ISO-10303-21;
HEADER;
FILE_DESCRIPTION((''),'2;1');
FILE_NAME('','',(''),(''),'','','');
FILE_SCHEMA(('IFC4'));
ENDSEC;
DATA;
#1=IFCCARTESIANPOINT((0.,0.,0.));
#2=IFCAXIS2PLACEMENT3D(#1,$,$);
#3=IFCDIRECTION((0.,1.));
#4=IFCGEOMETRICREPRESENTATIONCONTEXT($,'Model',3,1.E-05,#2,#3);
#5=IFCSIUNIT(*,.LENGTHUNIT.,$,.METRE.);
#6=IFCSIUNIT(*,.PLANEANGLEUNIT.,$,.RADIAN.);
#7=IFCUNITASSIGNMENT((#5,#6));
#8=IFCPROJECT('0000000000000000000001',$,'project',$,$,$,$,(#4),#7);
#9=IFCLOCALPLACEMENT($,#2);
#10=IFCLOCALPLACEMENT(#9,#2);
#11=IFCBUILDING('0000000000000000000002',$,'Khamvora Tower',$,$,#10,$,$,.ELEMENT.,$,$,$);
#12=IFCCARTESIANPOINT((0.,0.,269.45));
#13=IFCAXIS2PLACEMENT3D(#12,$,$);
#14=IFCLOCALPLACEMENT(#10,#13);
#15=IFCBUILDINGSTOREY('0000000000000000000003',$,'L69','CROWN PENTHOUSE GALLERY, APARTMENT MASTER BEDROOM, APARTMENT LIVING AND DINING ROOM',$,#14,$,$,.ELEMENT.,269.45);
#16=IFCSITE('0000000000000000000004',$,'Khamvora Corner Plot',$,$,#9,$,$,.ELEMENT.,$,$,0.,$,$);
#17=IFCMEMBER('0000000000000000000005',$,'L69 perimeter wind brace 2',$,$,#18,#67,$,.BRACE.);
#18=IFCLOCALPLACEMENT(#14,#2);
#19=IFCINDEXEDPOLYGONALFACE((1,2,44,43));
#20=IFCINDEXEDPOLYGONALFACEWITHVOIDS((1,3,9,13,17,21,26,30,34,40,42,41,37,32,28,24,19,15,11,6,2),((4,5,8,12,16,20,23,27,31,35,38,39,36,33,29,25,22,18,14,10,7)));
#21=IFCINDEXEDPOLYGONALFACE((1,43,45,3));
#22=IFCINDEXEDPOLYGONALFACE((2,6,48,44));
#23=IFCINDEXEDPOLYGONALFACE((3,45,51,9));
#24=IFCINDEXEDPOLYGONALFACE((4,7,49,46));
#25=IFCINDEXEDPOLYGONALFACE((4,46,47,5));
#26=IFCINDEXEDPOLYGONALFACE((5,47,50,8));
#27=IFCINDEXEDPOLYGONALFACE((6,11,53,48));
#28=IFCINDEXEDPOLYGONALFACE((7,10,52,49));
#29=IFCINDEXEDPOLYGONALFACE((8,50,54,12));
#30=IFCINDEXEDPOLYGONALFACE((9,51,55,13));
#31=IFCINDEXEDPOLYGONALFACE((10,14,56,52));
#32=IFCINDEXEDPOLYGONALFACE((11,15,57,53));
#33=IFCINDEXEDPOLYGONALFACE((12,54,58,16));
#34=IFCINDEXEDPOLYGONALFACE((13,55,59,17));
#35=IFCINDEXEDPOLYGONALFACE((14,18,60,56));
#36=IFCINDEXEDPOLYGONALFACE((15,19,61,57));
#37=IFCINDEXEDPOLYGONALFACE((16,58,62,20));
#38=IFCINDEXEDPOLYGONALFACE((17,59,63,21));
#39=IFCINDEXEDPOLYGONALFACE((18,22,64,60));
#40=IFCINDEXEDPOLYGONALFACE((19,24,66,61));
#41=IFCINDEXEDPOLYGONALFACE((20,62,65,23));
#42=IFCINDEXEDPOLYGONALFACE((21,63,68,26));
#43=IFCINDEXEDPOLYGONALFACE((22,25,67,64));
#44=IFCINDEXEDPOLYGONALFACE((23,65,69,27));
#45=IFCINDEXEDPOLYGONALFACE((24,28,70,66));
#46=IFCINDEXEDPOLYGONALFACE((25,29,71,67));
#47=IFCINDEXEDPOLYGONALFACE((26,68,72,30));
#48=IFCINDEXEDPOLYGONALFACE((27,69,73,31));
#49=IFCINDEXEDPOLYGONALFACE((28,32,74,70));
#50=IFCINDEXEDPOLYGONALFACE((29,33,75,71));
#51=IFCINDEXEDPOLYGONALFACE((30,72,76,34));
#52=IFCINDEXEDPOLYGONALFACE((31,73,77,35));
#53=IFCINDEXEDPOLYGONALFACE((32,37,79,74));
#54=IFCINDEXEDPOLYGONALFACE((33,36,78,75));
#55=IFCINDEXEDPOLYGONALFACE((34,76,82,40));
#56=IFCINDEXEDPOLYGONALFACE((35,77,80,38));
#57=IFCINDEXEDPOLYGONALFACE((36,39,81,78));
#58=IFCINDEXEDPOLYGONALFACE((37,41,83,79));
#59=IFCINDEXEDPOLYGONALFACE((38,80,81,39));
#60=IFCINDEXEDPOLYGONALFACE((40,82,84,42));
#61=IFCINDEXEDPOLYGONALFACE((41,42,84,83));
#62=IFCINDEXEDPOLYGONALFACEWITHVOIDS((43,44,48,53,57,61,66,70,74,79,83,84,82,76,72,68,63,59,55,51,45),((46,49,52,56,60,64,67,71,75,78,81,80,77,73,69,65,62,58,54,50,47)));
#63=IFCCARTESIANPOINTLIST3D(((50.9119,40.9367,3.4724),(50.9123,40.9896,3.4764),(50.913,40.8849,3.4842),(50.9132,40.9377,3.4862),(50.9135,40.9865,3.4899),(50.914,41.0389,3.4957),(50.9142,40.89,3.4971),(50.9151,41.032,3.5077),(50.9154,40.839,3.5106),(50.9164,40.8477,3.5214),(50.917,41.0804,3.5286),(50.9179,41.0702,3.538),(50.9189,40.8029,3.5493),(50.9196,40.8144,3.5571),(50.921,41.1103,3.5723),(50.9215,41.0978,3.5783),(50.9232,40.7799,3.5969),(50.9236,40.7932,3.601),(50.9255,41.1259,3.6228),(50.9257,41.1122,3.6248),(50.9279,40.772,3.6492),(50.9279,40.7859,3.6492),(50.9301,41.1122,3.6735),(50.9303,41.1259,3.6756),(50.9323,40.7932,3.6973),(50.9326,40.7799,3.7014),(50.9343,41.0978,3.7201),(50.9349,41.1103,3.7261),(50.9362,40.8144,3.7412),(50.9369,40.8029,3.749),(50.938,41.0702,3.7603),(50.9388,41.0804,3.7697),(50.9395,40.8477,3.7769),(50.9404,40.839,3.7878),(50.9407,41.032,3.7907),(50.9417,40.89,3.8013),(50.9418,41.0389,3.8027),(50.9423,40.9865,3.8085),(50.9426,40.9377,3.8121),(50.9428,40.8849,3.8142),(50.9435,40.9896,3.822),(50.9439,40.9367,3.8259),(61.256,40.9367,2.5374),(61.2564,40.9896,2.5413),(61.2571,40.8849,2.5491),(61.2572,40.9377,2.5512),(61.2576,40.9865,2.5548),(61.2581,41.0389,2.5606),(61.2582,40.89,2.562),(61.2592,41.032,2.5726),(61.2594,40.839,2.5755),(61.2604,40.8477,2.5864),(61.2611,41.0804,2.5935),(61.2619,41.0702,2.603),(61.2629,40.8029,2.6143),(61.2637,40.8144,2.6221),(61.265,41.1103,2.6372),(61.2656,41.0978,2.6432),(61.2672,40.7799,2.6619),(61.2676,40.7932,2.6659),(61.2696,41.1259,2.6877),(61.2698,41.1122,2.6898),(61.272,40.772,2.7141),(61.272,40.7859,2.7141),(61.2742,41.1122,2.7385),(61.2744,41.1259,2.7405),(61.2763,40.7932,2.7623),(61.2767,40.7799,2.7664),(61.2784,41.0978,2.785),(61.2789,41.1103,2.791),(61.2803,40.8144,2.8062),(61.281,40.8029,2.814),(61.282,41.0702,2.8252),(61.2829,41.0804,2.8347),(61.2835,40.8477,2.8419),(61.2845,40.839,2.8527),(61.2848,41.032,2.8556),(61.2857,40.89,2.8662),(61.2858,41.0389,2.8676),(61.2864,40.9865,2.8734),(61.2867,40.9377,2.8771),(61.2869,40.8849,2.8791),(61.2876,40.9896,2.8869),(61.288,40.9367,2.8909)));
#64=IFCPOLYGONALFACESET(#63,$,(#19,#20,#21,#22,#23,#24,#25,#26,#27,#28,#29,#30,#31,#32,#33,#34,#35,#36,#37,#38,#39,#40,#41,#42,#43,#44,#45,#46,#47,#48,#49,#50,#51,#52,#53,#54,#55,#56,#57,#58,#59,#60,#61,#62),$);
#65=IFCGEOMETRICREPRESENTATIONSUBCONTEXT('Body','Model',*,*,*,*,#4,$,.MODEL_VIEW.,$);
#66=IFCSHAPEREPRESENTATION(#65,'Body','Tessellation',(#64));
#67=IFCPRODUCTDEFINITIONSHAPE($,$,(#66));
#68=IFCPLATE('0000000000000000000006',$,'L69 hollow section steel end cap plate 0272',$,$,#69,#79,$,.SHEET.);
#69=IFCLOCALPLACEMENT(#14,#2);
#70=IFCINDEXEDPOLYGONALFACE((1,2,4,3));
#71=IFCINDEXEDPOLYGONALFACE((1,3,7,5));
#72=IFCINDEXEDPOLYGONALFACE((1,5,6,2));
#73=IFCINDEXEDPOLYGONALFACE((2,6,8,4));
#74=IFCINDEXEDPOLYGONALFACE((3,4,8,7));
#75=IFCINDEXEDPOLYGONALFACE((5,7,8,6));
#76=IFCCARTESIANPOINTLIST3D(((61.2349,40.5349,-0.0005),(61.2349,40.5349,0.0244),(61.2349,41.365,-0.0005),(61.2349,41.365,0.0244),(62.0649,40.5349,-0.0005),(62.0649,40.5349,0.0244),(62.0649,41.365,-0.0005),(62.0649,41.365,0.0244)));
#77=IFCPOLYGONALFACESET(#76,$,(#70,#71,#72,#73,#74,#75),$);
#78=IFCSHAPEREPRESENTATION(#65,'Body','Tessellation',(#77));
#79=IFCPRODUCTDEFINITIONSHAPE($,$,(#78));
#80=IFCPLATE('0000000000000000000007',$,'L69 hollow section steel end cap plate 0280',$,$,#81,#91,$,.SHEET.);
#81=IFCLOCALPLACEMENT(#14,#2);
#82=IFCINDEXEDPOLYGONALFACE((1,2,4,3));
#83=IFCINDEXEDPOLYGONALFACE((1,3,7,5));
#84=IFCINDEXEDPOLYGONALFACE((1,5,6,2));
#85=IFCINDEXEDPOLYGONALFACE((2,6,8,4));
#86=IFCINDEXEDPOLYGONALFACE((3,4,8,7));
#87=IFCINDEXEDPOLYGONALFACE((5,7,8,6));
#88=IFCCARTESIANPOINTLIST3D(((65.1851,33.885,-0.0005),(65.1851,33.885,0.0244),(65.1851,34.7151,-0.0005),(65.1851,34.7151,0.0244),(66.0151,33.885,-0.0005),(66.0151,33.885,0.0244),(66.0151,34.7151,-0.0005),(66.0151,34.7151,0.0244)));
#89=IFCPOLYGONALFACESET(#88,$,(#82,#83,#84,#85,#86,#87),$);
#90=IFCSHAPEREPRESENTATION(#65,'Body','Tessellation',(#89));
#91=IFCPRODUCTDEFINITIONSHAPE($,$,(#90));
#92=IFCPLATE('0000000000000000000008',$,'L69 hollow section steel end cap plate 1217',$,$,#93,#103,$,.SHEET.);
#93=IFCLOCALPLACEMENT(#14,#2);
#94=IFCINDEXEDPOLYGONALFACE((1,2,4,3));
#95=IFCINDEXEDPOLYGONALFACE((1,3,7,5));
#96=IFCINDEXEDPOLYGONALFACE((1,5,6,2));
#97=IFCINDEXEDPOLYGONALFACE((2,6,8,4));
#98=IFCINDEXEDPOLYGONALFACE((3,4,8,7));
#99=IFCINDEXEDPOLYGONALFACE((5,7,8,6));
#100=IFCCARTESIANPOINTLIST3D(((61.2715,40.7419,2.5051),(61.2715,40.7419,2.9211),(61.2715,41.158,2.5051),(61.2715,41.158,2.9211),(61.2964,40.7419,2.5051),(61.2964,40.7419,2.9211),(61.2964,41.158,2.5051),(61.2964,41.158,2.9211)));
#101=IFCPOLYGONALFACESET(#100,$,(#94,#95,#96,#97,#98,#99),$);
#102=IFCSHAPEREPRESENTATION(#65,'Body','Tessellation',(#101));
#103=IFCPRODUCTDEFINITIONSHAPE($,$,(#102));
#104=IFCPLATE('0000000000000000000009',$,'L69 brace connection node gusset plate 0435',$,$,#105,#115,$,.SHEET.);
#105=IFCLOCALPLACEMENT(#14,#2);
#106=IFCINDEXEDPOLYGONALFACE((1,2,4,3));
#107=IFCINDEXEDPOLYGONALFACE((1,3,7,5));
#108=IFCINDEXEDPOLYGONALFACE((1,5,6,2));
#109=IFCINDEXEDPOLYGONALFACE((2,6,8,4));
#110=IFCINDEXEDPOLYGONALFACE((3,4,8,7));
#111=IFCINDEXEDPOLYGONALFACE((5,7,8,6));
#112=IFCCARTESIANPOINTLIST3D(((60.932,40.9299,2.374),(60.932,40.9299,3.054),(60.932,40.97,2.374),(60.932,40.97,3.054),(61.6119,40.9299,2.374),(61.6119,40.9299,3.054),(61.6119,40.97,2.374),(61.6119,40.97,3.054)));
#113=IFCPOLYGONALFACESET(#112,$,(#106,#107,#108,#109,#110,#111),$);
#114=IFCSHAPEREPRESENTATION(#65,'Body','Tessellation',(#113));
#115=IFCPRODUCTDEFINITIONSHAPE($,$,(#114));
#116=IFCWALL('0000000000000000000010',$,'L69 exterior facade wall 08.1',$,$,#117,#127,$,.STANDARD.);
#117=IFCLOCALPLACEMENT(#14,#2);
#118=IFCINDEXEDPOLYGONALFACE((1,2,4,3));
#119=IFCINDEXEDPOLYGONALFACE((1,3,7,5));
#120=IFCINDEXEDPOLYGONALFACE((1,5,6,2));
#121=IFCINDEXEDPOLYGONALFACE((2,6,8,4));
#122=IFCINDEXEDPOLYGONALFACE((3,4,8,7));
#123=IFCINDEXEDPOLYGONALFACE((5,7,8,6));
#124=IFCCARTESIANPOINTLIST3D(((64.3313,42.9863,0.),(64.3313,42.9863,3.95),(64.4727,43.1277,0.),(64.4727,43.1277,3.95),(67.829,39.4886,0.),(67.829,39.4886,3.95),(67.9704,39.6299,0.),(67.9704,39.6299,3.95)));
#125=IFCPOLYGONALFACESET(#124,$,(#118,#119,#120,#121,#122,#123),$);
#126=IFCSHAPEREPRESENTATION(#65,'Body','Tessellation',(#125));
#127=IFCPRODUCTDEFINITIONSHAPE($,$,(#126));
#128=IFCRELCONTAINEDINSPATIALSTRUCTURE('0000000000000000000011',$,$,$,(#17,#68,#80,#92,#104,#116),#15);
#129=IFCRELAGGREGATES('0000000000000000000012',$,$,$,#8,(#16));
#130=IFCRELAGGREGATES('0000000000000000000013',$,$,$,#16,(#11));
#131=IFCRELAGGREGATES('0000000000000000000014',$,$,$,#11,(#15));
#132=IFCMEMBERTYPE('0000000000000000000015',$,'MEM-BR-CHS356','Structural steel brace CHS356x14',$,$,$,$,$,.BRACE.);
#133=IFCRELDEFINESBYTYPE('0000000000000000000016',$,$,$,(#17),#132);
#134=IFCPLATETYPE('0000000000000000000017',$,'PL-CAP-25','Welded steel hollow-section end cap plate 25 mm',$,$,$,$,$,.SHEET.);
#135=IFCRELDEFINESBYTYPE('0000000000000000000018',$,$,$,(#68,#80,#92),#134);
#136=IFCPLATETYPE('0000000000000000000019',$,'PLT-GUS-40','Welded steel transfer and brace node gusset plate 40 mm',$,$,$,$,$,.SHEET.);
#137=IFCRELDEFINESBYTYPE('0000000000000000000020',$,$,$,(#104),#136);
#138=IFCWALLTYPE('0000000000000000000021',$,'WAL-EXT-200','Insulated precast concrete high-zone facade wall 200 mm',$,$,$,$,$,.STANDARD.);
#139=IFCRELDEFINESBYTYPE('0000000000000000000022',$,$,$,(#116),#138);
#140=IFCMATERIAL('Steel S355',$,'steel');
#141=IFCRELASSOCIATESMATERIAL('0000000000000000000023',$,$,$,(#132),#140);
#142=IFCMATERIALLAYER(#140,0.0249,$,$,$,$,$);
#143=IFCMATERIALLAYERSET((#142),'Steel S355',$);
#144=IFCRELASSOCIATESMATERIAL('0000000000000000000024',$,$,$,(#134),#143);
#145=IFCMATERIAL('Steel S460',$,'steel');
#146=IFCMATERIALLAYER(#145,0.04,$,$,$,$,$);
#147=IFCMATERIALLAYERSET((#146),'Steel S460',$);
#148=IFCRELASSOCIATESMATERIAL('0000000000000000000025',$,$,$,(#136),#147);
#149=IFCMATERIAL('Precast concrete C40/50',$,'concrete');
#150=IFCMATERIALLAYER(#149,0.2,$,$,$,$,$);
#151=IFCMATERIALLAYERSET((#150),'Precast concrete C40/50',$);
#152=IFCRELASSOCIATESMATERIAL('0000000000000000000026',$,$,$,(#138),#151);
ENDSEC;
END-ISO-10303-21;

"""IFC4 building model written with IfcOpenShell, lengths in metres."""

from ifc_helpers import new_model, si_unit, direction, frame, frame_2d, origin, origin_2d, place, context, subcontext, project, spatial, rectangle, hollow_circle, extrude, material, layer, layer_set, material_profile, profile_set, type_object, element, save


model = new_model("IFC4")

# Units and contexts
model_context = context("Model", 3, precision=1e-05, world=origin(), true_north=direction((0.0, 1.0)))
body_context = subcontext(model_context, "Body", "Model", "MODEL_VIEW")
ifc_project = project(units=[si_unit("LENGTHUNIT", "METRE"), si_unit("PLANEANGLEUNIT", "RADIAN")], contexts=[model_context])

# Site, building, storey
site_placement = place(None, origin())
site = spatial("IfcSite", under=ifc_project, at=site_placement, Name="Khamvora Corner Plot", CompositionType="ELEMENT", RefElevation=0.0)
building_placement = place(site_placement, origin())
building = spatial("IfcBuilding", under=site, at=building_placement, Name="Khamvora Tower", CompositionType="ELEMENT")
storey_placement = place(building_placement, frame((0.0, 0.0, 269.45)))
storey = spatial("IfcBuildingStorey", under=building, at=storey_placement, Name="L69", Description="CROWN PENTHOUSE GALLERY, APARTMENT MASTER BEDROOM, APARTMENT LIVING AND DINING ROOM", CompositionType="ELEMENT", Elevation=269.45)

# Shared definitions
ifc_material_1 = material(Name="Steel S355", Category="steel")

# Member
ifc_material_profile_1 = material_profile(ifc_material_1, hollow_circle(Radius=0.178, WallThickness=0.0139, at=origin_2d()), Name="CHS356x14")
ifc_profile_set_1 = profile_set([ifc_material_profile_1], Name="Steel S355")
member_type = type_object("IfcMemberType", Name="MEM-BR-CHS356", Description="Structural steel brace CHS356x14", PredefinedType="BRACE", material=ifc_profile_set_1)
member_placement = place(storey_placement, frame((61.272, 40.95, 2.7141), z_axis=(-0.995939, 0.0, 0.090029), x_axis=(0.0, -1.0, 0.0)))
element("IfcMember", 1, at=member_placement, inside=storey, type_object=member_type, Name="L69 perimeter wind brace 2", PredefinedType="BRACE", context=body_context, shape_type="SweptSolid", body=[
    extrude(hollow_circle(Radius=0.178, WallThickness=0.0139, at=origin_2d()), origin(), (0.0, 0.0, 1.0), 10.3862),
])

# Plates
ifc_layer_1 = layer(ifc_material_1, 0.0249)
ifc_layer_set_1 = layer_set([ifc_layer_1], Name="Steel S355")
plate_type_1 = type_object("IfcPlateType", Name="PL-CAP-25", Description="Welded steel hollow-section end cap plate 25 mm", PredefinedType="SHEET", material=ifc_layer_set_1)
for number, where, z_axis, x_axis, name in (
    (2, (61.6499, 40.95, -0.0005), (0.0, 0.0, 1.0), (1.0, 0.0, 0.0), "L69 hollow section steel end cap plate 0272"),
    (3, (65.6001, 34.3, -0.0005), (0.0, 0.0, 1.0), (1.0, 0.0, 0.0), "L69 hollow section steel end cap plate 0280"),
):
    element("IfcPlate", number, at=place(storey_placement, frame(where, z_axis=z_axis, x_axis=x_axis)), inside=storey, type_object=plate_type_1, Name=name, PredefinedType="SHEET", context=body_context, shape_type="SweptSolid", body=[
        extrude(rectangle(XDim=0.8301, YDim=0.8301, at=origin_2d()), origin(), (0.0, 0.0, 1.0), 0.0249),
    ])
plate_1_placement = place(storey_placement, frame((61.2839, 40.95, 2.5051), z_axis=(0.0, 0.0, 1.0), x_axis=(-1.0, 0.0, 0.0)))
element("IfcPlate", 4, at=plate_1_placement, inside=storey, type_object=plate_type_1, Name="L69 hollow section steel end cap plate 1217", PredefinedType="SHEET", context=body_context, shape_type="SweptSolid", body=[
    extrude(rectangle(XDim=0.0249, YDim=0.416, at=origin_2d()), origin(), (0.0, 0.0, 1.0), 0.416),
])
ifc_material_2 = material(Name="Steel S460", Category="steel")
ifc_layer_2 = layer(ifc_material_2, 0.04)
ifc_layer_set_2 = layer_set([ifc_layer_2], Name="Steel S460")
plate_type_2 = type_object("IfcPlateType", Name="PLT-GUS-40", Description="Welded steel transfer and brace node gusset plate 40 mm", PredefinedType="SHEET", material=ifc_layer_set_2)
plate_2_placement = place(storey_placement, frame((61.272, 40.95, 2.374), z_axis=(0.0, 0.0, 1.0), x_axis=(1.0, 0.0, 0.0)))
element("IfcPlate", 5, at=plate_2_placement, inside=storey, type_object=plate_type_2, Name="L69 brace connection node gusset plate 0435", PredefinedType="SHEET", context=body_context, shape_type="SweptSolid", body=[
    extrude(rectangle(XDim=0.6799, YDim=0.04, at=origin_2d()), origin(), (0.0, 0.0, 1.0), 0.6799),
])

# Wall
ifc_material_3 = material(Name="Precast concrete C40/50", Category="concrete")
ifc_layer_3 = layer(ifc_material_3, 0.2)
ifc_layer_set_3 = layer_set([ifc_layer_3], Name="Precast concrete C40/50")
wall_type_1 = type_object("IfcWallType", Name="WAL-EXT-200", Description="Insulated precast concrete high-zone facade wall 200 mm", PredefinedType="STANDARD", material=ifc_layer_set_3)
wall_1_placement = place(storey_placement, frame((64.4021, 43.0569, 0.0), z_axis=(0.0, 0.0, 1.0), x_axis=(0.707107, -0.707107, 0.0)))
element("IfcWall", 6, at=wall_1_placement, inside=storey, type_object=wall_type_1, Name="L69 exterior facade wall 08.1", PredefinedType="STANDARD", context=body_context, shape_type="SweptSolid", body=[
    extrude(rectangle(XDim=4.9465, YDim=0.2, at=frame_2d((2.4731, 0.0))), origin(), (0.0, 0.0, 1.0), 3.95),
])

save(model, "model.ifc")
